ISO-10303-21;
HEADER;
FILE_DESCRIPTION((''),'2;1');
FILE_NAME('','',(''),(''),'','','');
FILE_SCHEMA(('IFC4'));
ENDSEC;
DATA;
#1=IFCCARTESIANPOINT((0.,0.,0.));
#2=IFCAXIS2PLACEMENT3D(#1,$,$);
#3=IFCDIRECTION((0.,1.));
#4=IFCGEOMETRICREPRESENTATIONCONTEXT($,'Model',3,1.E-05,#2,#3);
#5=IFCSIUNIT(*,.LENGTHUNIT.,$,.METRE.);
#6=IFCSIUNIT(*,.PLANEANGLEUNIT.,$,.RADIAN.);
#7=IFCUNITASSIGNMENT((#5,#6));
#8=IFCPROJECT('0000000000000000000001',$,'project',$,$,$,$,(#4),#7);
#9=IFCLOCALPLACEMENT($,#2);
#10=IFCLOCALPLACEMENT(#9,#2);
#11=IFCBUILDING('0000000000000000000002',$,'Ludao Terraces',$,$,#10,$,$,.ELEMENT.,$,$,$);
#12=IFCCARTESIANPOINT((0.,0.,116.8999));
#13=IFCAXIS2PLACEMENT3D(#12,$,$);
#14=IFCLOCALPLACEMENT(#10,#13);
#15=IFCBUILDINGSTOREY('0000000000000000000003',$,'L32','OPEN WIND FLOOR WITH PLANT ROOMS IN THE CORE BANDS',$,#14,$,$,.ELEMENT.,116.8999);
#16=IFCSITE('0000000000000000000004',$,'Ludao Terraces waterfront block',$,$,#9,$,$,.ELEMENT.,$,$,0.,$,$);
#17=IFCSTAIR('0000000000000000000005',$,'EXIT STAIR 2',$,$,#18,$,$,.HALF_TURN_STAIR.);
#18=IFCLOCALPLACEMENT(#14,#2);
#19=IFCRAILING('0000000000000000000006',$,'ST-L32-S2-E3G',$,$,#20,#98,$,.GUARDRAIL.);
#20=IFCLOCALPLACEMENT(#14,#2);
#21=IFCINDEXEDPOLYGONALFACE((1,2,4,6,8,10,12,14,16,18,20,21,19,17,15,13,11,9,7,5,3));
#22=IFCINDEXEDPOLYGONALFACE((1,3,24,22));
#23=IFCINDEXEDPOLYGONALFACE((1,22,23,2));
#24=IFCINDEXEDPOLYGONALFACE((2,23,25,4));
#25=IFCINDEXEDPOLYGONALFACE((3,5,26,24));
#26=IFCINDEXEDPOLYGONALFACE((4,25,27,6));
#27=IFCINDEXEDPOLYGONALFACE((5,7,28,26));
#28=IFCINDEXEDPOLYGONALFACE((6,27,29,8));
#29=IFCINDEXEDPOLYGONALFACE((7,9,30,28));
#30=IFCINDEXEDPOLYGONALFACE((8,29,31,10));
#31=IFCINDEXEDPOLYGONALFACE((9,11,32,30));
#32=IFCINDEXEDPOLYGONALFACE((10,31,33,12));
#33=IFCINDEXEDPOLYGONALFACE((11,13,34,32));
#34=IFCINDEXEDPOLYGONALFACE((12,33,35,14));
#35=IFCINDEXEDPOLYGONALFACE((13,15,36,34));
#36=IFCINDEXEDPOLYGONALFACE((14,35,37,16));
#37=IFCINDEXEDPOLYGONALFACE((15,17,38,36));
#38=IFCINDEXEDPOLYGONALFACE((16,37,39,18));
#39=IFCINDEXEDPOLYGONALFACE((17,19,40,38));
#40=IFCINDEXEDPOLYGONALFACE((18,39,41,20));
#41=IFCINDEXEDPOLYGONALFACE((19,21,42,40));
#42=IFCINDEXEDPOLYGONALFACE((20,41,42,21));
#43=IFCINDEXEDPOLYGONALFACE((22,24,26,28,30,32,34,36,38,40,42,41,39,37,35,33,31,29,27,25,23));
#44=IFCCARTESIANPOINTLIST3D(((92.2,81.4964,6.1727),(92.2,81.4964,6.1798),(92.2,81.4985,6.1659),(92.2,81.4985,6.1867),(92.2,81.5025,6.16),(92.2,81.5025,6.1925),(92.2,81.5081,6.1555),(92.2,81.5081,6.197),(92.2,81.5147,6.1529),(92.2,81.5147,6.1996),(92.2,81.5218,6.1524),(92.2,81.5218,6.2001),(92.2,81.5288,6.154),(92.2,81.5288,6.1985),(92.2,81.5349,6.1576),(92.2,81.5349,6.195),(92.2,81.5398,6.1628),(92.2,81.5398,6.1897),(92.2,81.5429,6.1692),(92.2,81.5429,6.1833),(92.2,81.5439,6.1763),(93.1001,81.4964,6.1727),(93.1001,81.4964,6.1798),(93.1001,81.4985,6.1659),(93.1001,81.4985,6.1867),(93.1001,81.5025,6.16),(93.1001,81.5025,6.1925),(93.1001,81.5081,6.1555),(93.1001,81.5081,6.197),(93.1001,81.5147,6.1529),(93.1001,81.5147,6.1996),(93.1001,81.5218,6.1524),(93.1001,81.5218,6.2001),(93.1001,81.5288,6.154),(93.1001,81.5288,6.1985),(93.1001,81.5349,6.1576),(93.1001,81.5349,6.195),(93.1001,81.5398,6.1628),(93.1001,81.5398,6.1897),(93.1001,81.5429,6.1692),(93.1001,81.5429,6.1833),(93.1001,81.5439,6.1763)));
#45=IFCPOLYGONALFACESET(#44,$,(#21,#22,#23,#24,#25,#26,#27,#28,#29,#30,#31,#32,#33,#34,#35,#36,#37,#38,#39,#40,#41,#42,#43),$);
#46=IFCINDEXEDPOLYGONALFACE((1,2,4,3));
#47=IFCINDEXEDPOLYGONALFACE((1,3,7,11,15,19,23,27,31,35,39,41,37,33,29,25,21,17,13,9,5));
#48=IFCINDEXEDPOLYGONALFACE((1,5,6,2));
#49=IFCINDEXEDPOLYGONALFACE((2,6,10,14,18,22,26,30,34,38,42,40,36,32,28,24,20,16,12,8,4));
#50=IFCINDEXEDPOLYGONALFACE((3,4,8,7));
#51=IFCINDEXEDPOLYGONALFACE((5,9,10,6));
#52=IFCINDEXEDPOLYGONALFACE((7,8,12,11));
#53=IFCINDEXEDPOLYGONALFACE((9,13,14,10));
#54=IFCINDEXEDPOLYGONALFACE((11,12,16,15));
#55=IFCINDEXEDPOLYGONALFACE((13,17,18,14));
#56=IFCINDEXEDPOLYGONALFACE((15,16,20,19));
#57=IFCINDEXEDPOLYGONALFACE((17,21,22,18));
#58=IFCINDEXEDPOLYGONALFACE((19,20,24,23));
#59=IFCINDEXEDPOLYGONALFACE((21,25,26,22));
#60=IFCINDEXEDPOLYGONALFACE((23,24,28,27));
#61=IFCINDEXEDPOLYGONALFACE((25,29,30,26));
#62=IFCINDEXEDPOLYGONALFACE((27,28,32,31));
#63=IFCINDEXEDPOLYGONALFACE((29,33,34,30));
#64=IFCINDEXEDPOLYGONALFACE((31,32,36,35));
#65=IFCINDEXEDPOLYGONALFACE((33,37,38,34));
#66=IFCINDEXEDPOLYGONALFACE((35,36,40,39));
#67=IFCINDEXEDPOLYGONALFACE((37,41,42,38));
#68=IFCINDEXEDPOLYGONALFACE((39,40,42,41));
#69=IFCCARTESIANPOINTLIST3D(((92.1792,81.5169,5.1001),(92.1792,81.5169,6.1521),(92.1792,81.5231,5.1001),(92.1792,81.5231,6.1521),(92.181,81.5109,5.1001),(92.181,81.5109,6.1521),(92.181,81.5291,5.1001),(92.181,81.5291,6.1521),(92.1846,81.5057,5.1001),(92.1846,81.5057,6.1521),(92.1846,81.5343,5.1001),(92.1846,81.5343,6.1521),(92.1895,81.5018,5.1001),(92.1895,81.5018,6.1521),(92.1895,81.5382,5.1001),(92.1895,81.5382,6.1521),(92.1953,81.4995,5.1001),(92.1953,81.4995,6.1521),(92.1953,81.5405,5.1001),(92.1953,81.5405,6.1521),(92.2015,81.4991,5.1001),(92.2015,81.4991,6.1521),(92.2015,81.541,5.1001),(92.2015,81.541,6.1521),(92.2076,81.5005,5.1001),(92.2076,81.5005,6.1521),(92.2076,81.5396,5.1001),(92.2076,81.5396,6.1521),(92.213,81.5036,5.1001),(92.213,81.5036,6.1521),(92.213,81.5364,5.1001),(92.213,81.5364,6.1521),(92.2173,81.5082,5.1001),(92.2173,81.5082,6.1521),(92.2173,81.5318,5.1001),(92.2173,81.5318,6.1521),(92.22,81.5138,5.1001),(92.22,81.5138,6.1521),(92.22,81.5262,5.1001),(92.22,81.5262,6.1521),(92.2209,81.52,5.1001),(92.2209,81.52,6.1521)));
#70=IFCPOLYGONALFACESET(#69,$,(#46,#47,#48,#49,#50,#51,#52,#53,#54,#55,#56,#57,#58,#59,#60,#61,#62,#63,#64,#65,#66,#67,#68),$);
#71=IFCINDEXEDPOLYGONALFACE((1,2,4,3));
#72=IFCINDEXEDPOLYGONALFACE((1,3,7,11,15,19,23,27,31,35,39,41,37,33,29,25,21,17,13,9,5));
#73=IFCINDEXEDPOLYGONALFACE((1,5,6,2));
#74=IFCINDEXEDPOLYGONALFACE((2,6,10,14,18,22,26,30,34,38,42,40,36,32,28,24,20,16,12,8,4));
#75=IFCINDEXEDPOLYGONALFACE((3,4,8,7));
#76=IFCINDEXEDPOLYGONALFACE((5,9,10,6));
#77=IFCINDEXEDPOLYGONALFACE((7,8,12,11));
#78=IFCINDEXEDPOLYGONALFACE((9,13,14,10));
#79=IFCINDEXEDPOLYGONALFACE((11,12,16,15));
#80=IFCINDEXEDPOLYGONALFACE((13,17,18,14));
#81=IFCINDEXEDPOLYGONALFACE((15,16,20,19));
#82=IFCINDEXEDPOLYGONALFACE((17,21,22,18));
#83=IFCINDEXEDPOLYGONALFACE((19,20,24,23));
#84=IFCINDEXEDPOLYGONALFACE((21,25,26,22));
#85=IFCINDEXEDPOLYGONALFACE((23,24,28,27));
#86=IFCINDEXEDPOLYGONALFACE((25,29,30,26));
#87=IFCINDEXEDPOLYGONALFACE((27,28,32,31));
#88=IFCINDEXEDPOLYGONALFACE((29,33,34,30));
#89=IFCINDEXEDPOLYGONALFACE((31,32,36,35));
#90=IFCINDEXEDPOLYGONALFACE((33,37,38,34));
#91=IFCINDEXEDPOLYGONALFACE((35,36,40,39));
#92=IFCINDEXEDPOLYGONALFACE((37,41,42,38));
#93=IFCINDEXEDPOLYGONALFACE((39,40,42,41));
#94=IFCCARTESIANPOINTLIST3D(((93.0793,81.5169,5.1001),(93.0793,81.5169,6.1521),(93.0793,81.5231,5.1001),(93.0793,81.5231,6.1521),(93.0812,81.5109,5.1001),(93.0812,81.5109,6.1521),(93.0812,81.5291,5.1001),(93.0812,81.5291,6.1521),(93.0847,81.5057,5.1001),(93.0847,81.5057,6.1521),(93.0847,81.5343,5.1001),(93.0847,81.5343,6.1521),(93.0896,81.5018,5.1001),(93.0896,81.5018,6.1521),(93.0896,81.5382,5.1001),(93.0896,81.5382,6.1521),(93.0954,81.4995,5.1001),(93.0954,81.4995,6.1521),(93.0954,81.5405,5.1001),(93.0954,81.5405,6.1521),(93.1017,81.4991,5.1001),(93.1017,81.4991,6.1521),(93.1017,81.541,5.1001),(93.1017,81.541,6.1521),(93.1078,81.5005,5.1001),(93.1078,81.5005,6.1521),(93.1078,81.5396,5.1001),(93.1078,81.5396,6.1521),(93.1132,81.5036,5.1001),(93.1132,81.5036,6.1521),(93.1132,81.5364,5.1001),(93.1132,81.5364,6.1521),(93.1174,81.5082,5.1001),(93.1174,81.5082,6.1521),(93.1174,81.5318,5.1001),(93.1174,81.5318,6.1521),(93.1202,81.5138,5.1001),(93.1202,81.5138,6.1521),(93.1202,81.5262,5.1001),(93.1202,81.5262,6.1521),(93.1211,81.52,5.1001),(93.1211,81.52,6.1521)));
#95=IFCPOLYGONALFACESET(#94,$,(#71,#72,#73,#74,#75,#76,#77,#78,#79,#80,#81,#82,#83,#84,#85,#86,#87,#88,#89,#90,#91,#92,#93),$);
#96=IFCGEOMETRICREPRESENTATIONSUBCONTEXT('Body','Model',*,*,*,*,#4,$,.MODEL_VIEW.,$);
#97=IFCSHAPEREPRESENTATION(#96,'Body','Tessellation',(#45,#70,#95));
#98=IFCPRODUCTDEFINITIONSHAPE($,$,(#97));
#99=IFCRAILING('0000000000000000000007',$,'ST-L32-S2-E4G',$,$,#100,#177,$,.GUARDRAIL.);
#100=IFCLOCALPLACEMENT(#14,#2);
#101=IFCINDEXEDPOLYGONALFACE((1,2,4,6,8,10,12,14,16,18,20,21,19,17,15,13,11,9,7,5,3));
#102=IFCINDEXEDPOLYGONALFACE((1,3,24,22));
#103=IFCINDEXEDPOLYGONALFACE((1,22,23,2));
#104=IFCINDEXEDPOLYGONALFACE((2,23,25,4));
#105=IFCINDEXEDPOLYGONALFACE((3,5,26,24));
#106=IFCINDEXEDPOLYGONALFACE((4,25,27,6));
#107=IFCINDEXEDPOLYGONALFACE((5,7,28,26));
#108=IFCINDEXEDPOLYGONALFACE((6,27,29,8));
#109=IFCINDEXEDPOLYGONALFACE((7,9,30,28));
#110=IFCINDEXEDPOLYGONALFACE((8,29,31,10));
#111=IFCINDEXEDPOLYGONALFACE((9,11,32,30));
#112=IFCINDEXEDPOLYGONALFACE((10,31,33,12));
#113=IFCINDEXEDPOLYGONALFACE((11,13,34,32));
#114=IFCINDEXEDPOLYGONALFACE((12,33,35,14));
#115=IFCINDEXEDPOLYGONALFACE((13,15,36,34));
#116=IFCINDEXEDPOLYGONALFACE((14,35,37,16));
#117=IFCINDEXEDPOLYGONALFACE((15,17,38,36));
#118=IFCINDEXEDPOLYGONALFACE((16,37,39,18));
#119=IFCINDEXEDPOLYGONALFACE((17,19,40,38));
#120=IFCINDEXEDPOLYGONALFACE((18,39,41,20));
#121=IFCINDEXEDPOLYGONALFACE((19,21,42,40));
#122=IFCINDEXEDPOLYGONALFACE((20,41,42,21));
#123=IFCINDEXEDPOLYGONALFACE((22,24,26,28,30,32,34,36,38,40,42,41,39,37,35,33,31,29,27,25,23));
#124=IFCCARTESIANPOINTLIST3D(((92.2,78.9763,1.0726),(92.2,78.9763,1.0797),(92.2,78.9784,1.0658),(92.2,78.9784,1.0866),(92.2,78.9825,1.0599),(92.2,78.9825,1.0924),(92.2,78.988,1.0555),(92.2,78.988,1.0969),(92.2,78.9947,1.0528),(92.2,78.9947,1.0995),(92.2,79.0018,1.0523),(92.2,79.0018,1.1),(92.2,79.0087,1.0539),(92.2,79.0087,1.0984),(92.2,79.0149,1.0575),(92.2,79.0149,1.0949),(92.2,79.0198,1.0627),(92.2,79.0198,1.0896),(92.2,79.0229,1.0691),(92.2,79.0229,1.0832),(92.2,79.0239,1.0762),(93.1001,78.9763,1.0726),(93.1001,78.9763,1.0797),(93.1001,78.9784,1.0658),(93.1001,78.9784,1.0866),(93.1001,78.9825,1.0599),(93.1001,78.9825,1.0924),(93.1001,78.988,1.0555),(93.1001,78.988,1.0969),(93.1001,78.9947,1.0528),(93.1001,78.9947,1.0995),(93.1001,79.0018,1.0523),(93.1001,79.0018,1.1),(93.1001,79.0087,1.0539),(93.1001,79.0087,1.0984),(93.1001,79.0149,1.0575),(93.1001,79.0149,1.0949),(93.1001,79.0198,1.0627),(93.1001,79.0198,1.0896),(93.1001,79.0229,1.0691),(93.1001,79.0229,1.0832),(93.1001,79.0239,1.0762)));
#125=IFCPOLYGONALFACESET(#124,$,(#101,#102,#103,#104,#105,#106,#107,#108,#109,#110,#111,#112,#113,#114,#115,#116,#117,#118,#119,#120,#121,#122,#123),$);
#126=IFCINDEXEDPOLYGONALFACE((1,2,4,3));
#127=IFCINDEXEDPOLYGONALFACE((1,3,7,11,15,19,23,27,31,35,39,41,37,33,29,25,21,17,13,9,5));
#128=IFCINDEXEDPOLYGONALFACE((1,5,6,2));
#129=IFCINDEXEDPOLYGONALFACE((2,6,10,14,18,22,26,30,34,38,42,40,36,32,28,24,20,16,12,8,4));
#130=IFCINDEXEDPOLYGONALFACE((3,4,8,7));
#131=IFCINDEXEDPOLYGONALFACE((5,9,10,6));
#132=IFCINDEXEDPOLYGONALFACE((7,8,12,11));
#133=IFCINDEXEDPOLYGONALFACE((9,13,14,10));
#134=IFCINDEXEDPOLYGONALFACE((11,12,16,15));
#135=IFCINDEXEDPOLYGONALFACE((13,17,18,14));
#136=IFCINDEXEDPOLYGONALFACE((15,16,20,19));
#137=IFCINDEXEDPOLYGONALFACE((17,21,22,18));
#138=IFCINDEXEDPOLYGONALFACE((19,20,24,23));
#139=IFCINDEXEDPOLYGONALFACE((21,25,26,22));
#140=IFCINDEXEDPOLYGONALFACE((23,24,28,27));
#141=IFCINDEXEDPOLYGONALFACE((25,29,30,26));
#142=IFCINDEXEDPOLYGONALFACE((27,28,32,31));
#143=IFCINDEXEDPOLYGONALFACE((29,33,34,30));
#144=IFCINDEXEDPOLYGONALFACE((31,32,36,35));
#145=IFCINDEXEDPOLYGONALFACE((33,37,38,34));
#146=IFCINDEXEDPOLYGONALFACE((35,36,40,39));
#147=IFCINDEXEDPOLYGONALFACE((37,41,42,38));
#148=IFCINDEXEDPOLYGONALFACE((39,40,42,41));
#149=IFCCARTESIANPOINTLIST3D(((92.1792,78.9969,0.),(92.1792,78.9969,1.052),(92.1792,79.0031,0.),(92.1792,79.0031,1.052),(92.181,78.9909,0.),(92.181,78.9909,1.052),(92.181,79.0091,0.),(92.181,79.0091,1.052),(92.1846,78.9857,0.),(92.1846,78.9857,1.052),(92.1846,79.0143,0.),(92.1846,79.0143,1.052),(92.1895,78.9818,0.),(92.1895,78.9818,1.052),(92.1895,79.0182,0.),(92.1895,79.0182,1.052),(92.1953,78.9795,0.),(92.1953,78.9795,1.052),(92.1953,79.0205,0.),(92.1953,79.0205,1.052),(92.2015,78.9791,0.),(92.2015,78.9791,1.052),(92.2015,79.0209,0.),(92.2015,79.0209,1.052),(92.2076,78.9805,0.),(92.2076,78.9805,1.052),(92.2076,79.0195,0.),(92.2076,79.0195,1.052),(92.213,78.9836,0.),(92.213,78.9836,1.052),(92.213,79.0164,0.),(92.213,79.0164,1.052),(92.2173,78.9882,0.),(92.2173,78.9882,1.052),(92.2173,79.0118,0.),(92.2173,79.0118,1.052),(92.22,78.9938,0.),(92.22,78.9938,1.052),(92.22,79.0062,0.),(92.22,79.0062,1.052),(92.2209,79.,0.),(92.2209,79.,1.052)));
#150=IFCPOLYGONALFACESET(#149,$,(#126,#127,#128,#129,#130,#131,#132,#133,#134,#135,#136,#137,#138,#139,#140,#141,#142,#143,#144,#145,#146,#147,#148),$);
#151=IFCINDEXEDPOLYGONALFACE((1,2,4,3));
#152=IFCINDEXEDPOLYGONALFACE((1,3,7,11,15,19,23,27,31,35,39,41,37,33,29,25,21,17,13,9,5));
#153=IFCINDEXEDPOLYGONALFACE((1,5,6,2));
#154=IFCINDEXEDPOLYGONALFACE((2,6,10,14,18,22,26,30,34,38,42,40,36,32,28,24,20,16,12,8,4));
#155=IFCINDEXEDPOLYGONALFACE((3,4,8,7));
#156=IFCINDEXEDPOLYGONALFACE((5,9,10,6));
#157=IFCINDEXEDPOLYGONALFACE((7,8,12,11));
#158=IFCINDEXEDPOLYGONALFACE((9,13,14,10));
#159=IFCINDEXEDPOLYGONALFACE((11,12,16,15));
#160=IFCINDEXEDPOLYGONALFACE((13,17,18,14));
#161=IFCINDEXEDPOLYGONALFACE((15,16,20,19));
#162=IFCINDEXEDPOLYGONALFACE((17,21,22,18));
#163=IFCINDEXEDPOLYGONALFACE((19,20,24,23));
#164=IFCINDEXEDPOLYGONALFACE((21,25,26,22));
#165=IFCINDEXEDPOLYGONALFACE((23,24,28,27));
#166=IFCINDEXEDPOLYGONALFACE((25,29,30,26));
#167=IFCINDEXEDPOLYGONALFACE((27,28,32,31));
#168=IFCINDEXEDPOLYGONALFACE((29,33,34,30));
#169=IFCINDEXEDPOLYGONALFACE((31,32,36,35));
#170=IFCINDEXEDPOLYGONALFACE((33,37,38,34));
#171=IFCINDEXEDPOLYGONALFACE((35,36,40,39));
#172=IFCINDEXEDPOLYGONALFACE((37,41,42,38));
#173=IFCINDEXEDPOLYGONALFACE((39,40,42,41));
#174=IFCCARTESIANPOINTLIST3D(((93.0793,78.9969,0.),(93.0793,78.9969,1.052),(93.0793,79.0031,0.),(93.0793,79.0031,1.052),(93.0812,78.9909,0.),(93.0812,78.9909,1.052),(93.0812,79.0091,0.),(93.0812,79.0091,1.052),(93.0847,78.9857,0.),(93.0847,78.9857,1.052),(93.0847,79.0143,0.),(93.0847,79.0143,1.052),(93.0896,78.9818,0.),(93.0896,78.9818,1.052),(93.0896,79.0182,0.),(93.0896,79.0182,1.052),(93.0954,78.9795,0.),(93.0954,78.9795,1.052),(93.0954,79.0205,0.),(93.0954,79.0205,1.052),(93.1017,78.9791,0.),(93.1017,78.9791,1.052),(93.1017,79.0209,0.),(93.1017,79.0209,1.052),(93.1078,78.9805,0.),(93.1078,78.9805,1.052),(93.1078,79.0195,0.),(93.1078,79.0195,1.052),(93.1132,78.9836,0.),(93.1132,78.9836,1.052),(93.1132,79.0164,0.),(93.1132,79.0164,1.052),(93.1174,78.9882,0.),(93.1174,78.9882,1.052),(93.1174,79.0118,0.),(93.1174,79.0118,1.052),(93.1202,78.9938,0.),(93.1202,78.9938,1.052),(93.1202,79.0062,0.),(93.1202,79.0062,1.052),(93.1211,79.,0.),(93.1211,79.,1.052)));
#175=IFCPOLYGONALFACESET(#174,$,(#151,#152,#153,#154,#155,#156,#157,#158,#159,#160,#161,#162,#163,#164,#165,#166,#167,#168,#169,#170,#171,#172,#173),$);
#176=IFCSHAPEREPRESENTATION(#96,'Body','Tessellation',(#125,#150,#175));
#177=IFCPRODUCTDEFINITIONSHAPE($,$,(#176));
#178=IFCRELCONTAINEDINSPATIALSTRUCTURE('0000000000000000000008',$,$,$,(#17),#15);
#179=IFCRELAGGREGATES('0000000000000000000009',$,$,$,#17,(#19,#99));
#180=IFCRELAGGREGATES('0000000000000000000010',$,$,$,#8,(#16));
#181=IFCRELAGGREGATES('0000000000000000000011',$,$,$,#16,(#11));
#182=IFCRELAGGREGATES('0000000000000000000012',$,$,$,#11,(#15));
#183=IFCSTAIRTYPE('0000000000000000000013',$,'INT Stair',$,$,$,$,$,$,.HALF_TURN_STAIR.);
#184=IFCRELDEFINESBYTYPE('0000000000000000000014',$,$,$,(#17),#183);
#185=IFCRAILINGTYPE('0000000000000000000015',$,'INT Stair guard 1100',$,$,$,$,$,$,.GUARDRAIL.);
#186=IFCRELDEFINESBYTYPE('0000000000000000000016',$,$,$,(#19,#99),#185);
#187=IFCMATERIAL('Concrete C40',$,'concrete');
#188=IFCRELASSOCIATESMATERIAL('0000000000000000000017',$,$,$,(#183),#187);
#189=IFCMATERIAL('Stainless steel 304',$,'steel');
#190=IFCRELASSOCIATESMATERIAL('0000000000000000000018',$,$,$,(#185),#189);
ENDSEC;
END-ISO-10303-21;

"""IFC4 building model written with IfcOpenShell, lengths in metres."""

from ifc_helpers import new_model, si_unit, direction, frame, origin, origin_2d, place, context, subcontext, project, spatial, circle, extrude, material, type_object, element, aggregate, save


model = new_model("IFC4")

# Units and contexts
model_context = context("Model", 3, precision=1e-05, world=origin(), true_north=direction((0.0, 1.0)))
body_context = subcontext(model_context, "Body", "Model", "MODEL_VIEW")
ifc_project = project(units=[si_unit("LENGTHUNIT", "METRE"), si_unit("PLANEANGLEUNIT", "RADIAN")], contexts=[model_context])

# Site, building, storey
site_placement = place(None, origin())
site = spatial("IfcSite", under=ifc_project, at=site_placement, Name="Ludao Terraces waterfront block", CompositionType="ELEMENT", RefElevation=0.0)
building_placement = place(site_placement, origin())
building = spatial("IfcBuilding", under=site, at=building_placement, Name="Ludao Terraces", CompositionType="ELEMENT")
storey_placement = place(building_placement, frame((0.0, 0.0, 116.8999)))
storey = spatial("IfcBuildingStorey", under=building, at=storey_placement, Name="L32", Description="OPEN WIND FLOOR WITH PLANT ROOMS IN THE CORE BANDS", CompositionType="ELEMENT", Elevation=116.8999)

# Stair, railings
ifc_material_1 = material(Name="Concrete C40", Category="concrete")
stair_type = type_object("IfcStairType", Name="INT Stair", PredefinedType="HALF_TURN_STAIR", material=ifc_material_1)
stair_placement = place(storey_placement, origin())
stair = element("IfcStair", 1, at=stair_placement, inside=storey, type_object=stair_type, Name="EXIT STAIR 2", PredefinedType="HALF_TURN_STAIR")
ifc_material_2 = material(Name="Stainless steel 304", Category="steel")
railing_type_1 = type_object("IfcRailingType", Name="INT Stair guard 1100", PredefinedType="GUARDRAIL", material=ifc_material_2)
railing_1_placement = place(storey_placement, frame((92.2, 81.52, 5.1001)))
railing_1 = element("IfcRailing", 2, at=railing_1_placement, type_object=railing_type_1, Name="ST-L32-S2-E3G", PredefinedType="GUARDRAIL", context=body_context, shape_type="SweptSolid", body=[
    extrude(circle(Radius=0.0239, at=origin_2d()), frame((0.0, 0.0, 1.0762), z_axis=(1.0, 0.0, 0.0), x_axis=(0.0, 1.0, 0.0)), (0.0, 0.0, 1.0), 0.9001),
    extrude(circle(Radius=0.021, at=origin_2d()), origin(), (0.0, 0.0, 1.0), 1.052),
    extrude(circle(Radius=0.021, at=origin_2d()), frame((0.9001, 0.0, 0.0)), (0.0, 0.0, 1.0), 1.052),
])
railing_2_placement = place(storey_placement, frame((92.2, 79.0, 0.0)))
railing_2 = element("IfcRailing", 3, at=railing_2_placement, type_object=railing_type_1, Name="ST-L32-S2-E4G", PredefinedType="GUARDRAIL", context=body_context, shape_type="SweptSolid", body=[
    extrude(circle(Radius=0.0239, at=origin_2d()), frame((0.0, 0.0, 1.0762), z_axis=(1.0, 0.0, 0.0), x_axis=(0.0, 1.0, 0.0)), (0.0, 0.0, 1.0), 0.9001),
    extrude(circle(Radius=0.021, at=origin_2d()), origin(), (0.0, 0.0, 1.0), 1.052),
    extrude(circle(Radius=0.021, at=origin_2d()), frame((0.9001, 0.0, 0.0)), (0.0, 0.0, 1.0), 1.052),
])
aggregate(stair, [railing_1, railing_2])

save(model, "model.ifc")
